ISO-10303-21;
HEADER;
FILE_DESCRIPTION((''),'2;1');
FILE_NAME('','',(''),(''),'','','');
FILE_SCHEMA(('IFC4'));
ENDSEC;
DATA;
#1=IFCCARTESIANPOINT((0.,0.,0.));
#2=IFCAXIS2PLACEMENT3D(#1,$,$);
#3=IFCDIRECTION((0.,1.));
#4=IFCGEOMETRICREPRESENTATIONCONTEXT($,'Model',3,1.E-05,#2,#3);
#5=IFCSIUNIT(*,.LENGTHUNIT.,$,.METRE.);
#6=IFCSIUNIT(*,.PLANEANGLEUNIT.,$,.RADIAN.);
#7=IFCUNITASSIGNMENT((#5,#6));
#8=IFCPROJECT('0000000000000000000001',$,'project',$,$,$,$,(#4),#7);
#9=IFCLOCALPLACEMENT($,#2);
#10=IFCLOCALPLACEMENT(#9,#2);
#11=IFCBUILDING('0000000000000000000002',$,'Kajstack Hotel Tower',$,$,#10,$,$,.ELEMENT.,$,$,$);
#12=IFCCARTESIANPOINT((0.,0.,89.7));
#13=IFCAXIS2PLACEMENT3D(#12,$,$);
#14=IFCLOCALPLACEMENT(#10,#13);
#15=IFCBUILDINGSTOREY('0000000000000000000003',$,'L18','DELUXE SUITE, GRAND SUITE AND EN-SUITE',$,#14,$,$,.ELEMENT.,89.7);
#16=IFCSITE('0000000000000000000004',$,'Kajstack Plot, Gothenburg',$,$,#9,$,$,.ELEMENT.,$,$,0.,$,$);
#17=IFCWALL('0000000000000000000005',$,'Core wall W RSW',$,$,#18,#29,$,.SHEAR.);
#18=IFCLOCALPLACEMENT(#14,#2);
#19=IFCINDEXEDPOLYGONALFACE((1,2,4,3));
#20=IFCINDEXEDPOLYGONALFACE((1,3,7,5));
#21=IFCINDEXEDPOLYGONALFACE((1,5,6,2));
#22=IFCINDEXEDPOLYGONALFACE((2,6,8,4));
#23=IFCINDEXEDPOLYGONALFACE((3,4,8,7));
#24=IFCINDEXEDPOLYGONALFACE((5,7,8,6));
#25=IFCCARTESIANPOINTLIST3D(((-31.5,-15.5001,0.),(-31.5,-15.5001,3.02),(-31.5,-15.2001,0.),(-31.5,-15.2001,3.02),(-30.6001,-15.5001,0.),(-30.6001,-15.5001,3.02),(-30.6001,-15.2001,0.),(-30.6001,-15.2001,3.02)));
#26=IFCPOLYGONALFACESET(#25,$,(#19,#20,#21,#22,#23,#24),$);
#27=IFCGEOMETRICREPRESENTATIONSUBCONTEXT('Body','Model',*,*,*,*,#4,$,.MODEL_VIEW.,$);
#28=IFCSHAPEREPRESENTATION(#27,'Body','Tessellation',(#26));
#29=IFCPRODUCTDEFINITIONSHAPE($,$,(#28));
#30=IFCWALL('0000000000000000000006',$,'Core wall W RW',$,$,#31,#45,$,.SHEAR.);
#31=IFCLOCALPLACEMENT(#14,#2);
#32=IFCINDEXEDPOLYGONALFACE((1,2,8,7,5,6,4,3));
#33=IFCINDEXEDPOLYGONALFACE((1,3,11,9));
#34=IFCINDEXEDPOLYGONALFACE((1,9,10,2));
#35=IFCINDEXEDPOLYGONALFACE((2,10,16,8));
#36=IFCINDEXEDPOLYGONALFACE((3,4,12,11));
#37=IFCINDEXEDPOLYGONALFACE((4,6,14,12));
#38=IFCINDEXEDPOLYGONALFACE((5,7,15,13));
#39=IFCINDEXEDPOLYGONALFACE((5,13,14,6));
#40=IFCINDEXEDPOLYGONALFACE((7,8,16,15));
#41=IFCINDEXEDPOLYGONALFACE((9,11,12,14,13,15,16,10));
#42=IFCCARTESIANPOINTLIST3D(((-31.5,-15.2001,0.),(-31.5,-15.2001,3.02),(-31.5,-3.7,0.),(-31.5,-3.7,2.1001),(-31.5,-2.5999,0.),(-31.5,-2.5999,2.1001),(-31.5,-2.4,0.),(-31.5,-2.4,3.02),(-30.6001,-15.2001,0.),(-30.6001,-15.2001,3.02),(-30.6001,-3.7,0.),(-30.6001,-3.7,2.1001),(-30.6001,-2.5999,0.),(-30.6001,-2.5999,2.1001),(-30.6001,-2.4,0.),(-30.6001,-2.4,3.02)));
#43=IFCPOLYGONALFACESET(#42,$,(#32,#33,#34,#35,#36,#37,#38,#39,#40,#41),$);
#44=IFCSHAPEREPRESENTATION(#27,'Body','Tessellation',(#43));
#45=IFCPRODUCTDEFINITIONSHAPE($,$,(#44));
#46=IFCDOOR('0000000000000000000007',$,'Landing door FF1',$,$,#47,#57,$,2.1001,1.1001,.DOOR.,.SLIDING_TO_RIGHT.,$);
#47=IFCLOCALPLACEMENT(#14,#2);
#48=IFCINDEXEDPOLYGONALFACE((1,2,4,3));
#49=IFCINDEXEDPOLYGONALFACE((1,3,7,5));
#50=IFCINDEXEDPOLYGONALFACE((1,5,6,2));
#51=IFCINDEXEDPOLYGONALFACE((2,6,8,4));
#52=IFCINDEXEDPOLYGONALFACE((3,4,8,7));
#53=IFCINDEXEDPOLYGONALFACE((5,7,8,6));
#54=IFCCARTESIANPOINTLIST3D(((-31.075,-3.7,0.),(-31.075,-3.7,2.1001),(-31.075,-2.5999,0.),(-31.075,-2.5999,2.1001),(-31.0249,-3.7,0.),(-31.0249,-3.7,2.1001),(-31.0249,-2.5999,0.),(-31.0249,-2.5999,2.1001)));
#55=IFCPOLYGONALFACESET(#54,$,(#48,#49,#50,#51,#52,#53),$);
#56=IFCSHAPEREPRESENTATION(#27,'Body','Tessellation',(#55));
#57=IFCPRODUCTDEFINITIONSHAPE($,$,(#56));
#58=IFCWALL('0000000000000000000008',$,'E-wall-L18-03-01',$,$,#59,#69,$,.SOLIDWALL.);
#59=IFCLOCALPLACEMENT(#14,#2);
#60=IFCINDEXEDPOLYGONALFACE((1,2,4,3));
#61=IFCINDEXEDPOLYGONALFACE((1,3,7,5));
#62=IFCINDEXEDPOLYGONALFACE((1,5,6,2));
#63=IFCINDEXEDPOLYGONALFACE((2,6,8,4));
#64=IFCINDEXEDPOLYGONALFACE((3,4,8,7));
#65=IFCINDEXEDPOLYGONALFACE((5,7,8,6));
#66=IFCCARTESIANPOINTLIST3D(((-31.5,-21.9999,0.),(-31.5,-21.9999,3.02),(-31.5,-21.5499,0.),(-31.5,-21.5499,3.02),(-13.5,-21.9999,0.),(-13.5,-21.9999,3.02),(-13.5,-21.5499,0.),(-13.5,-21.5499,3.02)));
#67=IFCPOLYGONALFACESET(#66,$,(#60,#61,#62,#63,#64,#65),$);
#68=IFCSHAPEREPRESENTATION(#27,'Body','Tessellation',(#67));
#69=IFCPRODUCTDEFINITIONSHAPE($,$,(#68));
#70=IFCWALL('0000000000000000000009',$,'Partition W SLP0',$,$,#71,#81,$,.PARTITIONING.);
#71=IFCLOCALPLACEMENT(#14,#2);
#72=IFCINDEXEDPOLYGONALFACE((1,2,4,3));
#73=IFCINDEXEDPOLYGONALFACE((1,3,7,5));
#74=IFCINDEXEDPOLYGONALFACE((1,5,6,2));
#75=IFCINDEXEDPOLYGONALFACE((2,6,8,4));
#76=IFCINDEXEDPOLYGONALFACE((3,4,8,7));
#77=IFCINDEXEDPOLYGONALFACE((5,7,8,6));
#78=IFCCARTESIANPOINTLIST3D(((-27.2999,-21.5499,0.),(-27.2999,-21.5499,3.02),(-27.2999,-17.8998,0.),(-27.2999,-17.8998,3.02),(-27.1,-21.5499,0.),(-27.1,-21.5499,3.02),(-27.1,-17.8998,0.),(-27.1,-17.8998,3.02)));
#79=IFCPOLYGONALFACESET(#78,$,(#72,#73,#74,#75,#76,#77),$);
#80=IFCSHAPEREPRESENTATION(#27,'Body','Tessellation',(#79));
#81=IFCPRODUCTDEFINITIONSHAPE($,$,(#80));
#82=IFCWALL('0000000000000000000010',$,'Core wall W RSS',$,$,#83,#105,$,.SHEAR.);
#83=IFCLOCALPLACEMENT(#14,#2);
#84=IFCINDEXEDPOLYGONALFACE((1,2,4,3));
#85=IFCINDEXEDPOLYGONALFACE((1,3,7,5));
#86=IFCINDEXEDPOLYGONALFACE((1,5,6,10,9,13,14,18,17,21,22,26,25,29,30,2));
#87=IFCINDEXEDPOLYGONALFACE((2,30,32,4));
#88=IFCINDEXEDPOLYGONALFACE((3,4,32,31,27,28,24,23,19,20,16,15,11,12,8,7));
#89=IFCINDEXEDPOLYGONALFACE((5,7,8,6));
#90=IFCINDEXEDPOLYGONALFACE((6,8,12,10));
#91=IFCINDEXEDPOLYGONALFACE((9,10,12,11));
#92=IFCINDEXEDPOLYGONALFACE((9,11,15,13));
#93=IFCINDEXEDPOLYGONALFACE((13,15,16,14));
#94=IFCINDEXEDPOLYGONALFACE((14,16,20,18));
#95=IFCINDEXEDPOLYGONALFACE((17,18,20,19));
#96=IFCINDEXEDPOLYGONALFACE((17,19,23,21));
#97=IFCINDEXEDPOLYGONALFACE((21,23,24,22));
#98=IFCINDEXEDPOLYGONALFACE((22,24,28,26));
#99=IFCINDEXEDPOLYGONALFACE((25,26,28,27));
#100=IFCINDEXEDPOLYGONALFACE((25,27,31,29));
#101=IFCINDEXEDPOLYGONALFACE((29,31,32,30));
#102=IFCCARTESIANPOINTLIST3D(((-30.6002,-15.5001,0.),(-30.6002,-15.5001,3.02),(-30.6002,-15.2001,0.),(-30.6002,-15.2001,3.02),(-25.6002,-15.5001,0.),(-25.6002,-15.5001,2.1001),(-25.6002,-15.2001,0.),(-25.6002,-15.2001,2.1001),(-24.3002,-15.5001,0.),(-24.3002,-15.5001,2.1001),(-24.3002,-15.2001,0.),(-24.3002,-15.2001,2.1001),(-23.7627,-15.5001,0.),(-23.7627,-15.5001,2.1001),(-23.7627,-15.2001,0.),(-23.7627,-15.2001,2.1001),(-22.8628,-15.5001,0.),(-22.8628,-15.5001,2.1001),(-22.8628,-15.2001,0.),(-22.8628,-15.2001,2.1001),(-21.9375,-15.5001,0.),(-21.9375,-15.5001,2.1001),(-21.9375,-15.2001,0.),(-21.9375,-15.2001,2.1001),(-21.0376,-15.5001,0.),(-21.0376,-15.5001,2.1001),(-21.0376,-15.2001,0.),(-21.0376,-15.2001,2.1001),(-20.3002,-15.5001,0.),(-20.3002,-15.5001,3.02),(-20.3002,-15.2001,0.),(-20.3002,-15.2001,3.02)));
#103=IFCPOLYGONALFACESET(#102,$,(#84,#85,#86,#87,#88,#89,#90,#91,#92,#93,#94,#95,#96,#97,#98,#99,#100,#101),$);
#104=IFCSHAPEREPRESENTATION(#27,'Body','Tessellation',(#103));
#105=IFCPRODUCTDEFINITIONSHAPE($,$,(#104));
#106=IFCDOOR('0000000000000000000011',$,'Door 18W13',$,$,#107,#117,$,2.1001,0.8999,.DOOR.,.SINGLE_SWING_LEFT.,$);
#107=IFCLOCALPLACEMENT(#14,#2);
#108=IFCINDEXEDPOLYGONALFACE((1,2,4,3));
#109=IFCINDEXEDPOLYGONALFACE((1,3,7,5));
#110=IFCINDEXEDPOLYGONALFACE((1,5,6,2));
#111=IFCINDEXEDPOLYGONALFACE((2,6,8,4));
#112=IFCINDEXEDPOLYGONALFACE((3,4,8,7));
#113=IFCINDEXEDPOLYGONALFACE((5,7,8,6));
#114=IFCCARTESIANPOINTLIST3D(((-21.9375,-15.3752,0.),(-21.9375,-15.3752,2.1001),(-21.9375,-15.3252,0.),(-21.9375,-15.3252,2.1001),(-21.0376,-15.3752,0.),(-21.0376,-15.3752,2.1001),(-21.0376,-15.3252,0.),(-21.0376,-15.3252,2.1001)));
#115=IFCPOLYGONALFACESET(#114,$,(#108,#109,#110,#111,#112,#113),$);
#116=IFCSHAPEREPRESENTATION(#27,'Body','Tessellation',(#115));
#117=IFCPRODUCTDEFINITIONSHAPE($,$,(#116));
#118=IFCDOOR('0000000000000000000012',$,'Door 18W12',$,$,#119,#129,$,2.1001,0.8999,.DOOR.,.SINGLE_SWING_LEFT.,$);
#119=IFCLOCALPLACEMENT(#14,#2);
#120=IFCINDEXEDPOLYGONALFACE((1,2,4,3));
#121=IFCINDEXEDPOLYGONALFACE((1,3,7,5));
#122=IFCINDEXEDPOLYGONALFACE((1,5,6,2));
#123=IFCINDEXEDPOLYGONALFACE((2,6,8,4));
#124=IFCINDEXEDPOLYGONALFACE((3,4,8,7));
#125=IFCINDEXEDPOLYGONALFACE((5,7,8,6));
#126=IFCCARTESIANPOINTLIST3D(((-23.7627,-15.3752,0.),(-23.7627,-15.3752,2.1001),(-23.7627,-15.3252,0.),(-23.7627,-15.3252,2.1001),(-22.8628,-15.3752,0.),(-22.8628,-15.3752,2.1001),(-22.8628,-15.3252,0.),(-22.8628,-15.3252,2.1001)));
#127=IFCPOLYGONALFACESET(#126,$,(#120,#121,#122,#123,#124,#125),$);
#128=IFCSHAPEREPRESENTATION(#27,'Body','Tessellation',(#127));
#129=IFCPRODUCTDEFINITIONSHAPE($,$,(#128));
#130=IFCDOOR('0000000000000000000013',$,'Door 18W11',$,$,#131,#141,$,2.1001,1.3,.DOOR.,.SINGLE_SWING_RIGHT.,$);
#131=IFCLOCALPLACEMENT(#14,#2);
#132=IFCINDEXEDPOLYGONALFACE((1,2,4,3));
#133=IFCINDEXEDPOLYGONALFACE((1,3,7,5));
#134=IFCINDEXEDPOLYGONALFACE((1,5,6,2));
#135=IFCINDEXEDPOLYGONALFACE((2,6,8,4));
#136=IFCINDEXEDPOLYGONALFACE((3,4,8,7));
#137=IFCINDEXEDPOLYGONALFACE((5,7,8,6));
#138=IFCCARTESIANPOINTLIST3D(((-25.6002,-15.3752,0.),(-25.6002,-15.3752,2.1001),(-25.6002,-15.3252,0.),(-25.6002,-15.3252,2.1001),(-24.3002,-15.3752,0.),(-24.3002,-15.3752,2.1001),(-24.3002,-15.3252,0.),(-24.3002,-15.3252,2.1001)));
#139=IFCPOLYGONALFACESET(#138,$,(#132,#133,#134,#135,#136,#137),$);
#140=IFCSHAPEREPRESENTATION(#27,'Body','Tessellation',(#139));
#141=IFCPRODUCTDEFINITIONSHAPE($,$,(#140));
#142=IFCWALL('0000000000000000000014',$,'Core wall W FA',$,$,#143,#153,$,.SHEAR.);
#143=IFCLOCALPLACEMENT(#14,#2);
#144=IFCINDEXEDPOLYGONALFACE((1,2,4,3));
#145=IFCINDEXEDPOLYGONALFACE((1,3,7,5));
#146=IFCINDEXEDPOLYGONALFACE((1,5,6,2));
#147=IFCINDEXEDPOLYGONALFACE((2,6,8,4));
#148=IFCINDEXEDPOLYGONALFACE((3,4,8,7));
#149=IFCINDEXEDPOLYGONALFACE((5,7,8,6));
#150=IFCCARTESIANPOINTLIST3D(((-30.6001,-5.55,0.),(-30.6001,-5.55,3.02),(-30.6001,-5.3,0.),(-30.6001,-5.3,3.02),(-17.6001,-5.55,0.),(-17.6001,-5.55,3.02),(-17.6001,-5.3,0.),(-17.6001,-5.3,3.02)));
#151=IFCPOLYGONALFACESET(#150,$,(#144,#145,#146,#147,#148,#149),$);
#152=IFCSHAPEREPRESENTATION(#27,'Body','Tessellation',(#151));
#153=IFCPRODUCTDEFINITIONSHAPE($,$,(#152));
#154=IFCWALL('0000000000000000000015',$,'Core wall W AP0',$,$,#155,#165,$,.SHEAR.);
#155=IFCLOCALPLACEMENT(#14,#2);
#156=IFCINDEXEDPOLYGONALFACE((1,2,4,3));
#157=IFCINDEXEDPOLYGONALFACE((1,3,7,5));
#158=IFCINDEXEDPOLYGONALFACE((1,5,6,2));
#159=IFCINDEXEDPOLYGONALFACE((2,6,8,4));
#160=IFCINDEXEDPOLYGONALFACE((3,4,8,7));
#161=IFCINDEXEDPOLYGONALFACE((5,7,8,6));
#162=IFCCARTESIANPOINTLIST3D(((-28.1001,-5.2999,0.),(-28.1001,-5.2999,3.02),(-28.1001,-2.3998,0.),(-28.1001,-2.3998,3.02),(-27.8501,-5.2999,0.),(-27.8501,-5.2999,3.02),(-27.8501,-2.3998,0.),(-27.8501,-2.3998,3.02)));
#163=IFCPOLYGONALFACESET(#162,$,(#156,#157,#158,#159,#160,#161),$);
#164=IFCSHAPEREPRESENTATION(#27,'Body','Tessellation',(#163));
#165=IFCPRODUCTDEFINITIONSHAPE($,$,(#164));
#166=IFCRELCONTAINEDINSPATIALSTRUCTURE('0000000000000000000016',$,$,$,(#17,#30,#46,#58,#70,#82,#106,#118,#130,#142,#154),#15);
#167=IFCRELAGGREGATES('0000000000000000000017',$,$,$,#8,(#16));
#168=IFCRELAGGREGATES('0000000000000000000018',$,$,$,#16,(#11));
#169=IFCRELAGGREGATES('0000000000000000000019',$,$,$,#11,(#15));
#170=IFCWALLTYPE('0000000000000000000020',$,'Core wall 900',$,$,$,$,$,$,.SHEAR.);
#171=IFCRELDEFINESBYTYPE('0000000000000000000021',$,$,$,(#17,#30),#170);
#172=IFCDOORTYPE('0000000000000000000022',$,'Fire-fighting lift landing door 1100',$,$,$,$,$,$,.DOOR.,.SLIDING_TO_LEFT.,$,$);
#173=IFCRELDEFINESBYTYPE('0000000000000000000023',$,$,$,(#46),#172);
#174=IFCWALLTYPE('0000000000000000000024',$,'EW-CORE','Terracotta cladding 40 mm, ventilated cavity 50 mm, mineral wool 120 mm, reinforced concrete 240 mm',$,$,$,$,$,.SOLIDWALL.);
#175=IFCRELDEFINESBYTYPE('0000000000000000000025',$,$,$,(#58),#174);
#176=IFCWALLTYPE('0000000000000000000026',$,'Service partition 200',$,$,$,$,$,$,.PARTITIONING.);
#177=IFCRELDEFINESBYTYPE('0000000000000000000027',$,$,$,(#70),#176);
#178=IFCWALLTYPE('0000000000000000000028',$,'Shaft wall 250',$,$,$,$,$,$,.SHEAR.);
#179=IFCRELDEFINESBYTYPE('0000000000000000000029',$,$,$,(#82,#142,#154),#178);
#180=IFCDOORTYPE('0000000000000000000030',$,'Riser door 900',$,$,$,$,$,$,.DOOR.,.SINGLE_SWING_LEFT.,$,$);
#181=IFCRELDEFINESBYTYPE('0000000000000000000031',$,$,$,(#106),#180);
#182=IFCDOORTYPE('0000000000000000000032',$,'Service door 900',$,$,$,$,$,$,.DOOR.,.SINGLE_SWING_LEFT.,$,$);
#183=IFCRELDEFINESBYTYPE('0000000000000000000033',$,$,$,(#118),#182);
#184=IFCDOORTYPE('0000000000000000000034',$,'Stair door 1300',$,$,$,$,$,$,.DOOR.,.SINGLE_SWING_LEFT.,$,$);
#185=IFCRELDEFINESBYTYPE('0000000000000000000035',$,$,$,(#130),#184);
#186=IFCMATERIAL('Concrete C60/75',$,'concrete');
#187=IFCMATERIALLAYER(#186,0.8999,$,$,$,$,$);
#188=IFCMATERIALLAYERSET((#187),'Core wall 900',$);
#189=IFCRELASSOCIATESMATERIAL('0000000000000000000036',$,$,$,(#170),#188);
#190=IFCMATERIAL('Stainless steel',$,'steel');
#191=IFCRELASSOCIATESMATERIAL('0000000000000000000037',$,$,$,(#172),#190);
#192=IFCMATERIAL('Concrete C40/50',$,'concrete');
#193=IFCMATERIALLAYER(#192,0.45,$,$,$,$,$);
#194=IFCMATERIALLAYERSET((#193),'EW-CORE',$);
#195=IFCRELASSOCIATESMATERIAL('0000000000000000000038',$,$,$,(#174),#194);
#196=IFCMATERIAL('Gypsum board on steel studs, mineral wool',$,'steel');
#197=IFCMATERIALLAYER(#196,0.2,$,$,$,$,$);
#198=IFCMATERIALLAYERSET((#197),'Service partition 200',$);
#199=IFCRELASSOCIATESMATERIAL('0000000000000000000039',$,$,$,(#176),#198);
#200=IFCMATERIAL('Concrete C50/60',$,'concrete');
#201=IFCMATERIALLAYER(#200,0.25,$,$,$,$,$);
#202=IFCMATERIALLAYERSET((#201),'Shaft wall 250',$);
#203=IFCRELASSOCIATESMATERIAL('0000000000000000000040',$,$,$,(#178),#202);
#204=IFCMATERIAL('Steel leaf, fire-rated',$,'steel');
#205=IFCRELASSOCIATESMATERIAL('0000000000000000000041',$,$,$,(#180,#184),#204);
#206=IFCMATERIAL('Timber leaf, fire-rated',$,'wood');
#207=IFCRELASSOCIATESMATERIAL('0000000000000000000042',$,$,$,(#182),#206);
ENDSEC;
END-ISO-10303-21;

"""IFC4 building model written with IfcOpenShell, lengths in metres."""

from ifc_helpers import new_model, si_unit, direction, frame, frame_2d, origin, place, context, subcontext, project, spatial, rectangle, extrude, material, layer, layer_set, type_object, element, fill, save


model = new_model("IFC4")

# Units and contexts
model_context = context("Model", 3, precision=1e-05, world=origin(), true_north=direction((0.0, 1.0)))
body_context = subcontext(model_context, "Body", "Model", "MODEL_VIEW")
ifc_project = project(units=[si_unit("LENGTHUNIT", "METRE"), si_unit("PLANEANGLEUNIT", "RADIAN")], contexts=[model_context])

# Site, building, storey
site_placement = place(None, origin())
site = spatial("IfcSite", under=ifc_project, at=site_placement, Name="Kajstack Plot, Gothenburg", CompositionType="ELEMENT", RefElevation=0.0)
building_placement = place(site_placement, origin())
building = spatial("IfcBuilding", under=site, at=building_placement, Name="Kajstack Hotel Tower", CompositionType="ELEMENT")
storey_placement = place(building_placement, frame((0.0, 0.0, 89.7)))
storey = spatial("IfcBuildingStorey", under=building, at=storey_placement, Name="L18", Description="DELUXE SUITE, GRAND SUITE AND EN-SUITE", CompositionType="ELEMENT", Elevation=89.7)

# Wall
ifc_material_1 = material(Name="Concrete C60/75", Category="concrete")
ifc_layer_1 = layer(ifc_material_1, 0.8999)
ifc_layer_set_1 = layer_set([ifc_layer_1], Name="Core wall 900")
wall_type_1 = type_object("IfcWallType", Name="Core wall 900", PredefinedType="SHEAR", material=ifc_layer_set_1)
wall_1_placement = place(storey_placement, frame((-31.5, -15.3501, 0.0), z_axis=(0.0, 0.0, 1.0), x_axis=(1.0, 0.0, 0.0)))
element("IfcWall", 1, at=wall_1_placement, inside=storey, type_object=wall_type_1, Name="Core wall W RSW", PredefinedType="SHEAR", context=body_context, shape_type="SweptSolid", body=[
    extrude(rectangle(XDim=0.8999, YDim=0.3, at=frame_2d((0.45, 0.0))), origin(), (0.0, 0.0, 1.0), 3.02),
])

# Wall, opening, door
wall_2_placement = place(storey_placement, frame((-31.05, -15.2, 0.0), z_axis=(0.0, 0.0, 1.0), x_axis=(0.0, 1.0, 0.0)))
wall_2 = element("IfcWall", 2, at=wall_2_placement, inside=storey, type_object=wall_type_1, Name="Core wall W RW", PredefinedType="SHEAR", context=body_context, shape_type="SweptSolid", body=[
    extrude(rectangle(XDim=12.8, YDim=0.8999, at=frame_2d((6.3999, 0.0))), origin(), (0.0, 0.0, 1.0), 3.02),
])
opening_1_placement = place(wall_2_placement, frame((11.5, 0.0, 0.0)))
opening_1 = element("IfcOpeningElement", 3, at=opening_1_placement, cuts=wall_2, PredefinedType="OPENING", context=body_context, shape_type="SweptSolid", body=[
    extrude(rectangle(XDim=1.1001, YDim=2.1001, at=frame_2d((0.55, 1.05))), frame((0.0, 0.46, 0.0), z_axis=(0.0, -1.0, 0.0), x_axis=(1.0, 0.0, 0.0)), (0.0, 0.0, 1.0), 0.9199),
])
ifc_material_2 = material(Name="Stainless steel", Category="steel")
door_type_1 = type_object("IfcDoorType", Name="Fire-fighting lift landing door 1100", OperationType="SLIDING_TO_LEFT", PredefinedType="DOOR", material=ifc_material_2)
door_1_placement = place(opening_1_placement, origin())
door_1 = element("IfcDoor", 4, at=door_1_placement, inside=storey, type_object=door_type_1, Name="Landing door FF1", OperationType="SLIDING_TO_RIGHT", OverallHeight=2.1001, OverallWidth=1.1001, PredefinedType="DOOR", context=body_context, shape_type="SweptSolid", body=[
    extrude(rectangle(XDim=1.1001, YDim=2.1001, at=frame_2d((0.55, 1.05))), frame((0.0, 0.0249, 0.0), z_axis=(0.0, -1.0, 0.0), x_axis=(1.0, 0.0, 0.0)), (0.0, 0.0, 1.0), 0.05),
])
fill(opening_1, door_1)

# Walls
ifc_material_3 = material(Name="Concrete C40/50", Category="concrete")
ifc_layer_2 = layer(ifc_material_3, 0.45)
ifc_layer_set_2 = layer_set([ifc_layer_2], Name="EW-CORE")
wall_type_2 = type_object("IfcWallType", Name="EW-CORE", Description="Terracotta cladding 40 mm, ventilated cavity 50 mm, mineral wool 120 mm, reinforced concrete 240 mm", PredefinedType="SOLIDWALL", material=ifc_layer_set_2)
wall_3_placement = place(storey_placement, frame((-31.5, -21.7749, 0.0), z_axis=(0.0, 0.0, 1.0), x_axis=(1.0, 0.0, 0.0)))
element("IfcWall", 5, at=wall_3_placement, inside=storey, type_object=wall_type_2, Name="E-wall-L18-03-01", PredefinedType="SOLIDWALL", context=body_context, shape_type="SweptSolid", body=[
    extrude(rectangle(XDim=18.0, YDim=0.45, at=frame_2d((9.0, 0.0))), origin(), (0.0, 0.0, 1.0), 3.02),
])
ifc_material_4 = material(Name="Gypsum board on steel studs, mineral wool", Category="steel")
ifc_layer_3 = layer(ifc_material_4, 0.2)
ifc_layer_set_3 = layer_set([ifc_layer_3], Name="Service partition 200")
wall_type_3 = type_object("IfcWallType", Name="Service partition 200", PredefinedType="PARTITIONING", material=ifc_layer_set_3)
wall_4_placement = place(storey_placement, frame((-27.2, -21.55, 0.0), z_axis=(0.0, 0.0, 1.0), x_axis=(0.0, 1.0, 0.0)))
element("IfcWall", 6, at=wall_4_placement, inside=storey, type_object=wall_type_3, Name="Partition W SLP0", PredefinedType="PARTITIONING", context=body_context, shape_type="SweptSolid", body=[
    extrude(rectangle(XDim=3.6501, YDim=0.2, at=frame_2d((1.8252, 0.0))), origin(), (0.0, 0.0, 1.0), 3.02),
])

# Wall, openings, doors
ifc_material_5 = material(Name="Concrete C50/60", Category="concrete")
ifc_layer_4 = layer(ifc_material_5, 0.25)
ifc_layer_set_4 = layer_set([ifc_layer_4], Name="Shaft wall 250")
wall_type_4 = type_object("IfcWallType", Name="Shaft wall 250", PredefinedType="SHEAR", material=ifc_layer_set_4)
wall_5_placement = place(storey_placement, frame((-30.6001, -15.3501, 0.0), z_axis=(0.0, 0.0, 1.0), x_axis=(1.0, 0.0, 0.0)))
wall_5 = element("IfcWall", 7, at=wall_5_placement, inside=storey, type_object=wall_type_4, Name="Core wall W RSS", PredefinedType="SHEAR", context=body_context, shape_type="SweptSolid", body=[
    extrude(rectangle(XDim=10.3, YDim=0.3, at=frame_2d((5.1499, 0.0))), origin(), (0.0, 0.0, 1.0), 3.02),
])
opening_2_placement = place(wall_5_placement, frame((5.0, 0.0, 0.0)))
opening_2 = element("IfcOpeningElement", 8, at=opening_2_placement, cuts=wall_5, PredefinedType="OPENING", context=body_context, shape_type="SweptSolid", body=[
    extrude(rectangle(XDim=1.3, YDim=2.1001, at=frame_2d((0.6499, 1.05))), frame((0.0, 0.1599, 0.0), z_axis=(0.0, -1.0, 0.0), x_axis=(1.0, 0.0, 0.0)), (0.0, 0.0, 1.0), 0.3201),
])
opening_3_placement = place(wall_5_placement, frame((6.8374, 0.0, 0.0)))
opening_3 = element("IfcOpeningElement", 9, at=opening_3_placement, cuts=wall_5, PredefinedType="OPENING", context=body_context, shape_type="SweptSolid", body=[
    extrude(rectangle(XDim=0.8999, YDim=2.1001, at=frame_2d((0.45, 1.05))), frame((0.0, 0.1599, 0.0), z_axis=(0.0, -1.0, 0.0), x_axis=(1.0, 0.0, 0.0)), (0.0, 0.0, 1.0), 0.3201),
])
opening_4_placement = place(wall_5_placement, frame((8.6626, 0.0, 0.0)))
opening_4 = element("IfcOpeningElement", 10, at=opening_4_placement, cuts=wall_5, PredefinedType="OPENING", context=body_context, shape_type="SweptSolid", body=[
    extrude(rectangle(XDim=0.8999, YDim=2.1001, at=frame_2d((0.45, 1.05))), frame((0.0, 0.1599, 0.0), z_axis=(0.0, -1.0, 0.0), x_axis=(1.0, 0.0, 0.0)), (0.0, 0.0, 1.0), 0.3201),
])
ifc_material_6 = material(Name="Steel leaf, fire-rated", Category="steel")
door_type_2 = type_object("IfcDoorType", Name="Riser door 900", OperationType="SINGLE_SWING_LEFT", PredefinedType="DOOR", material=ifc_material_6)
door_2_placement = place(opening_4_placement, origin())
door_2 = element("IfcDoor", 11, at=door_2_placement, inside=storey, type_object=door_type_2, Name="Door 18W13", OperationType="SINGLE_SWING_LEFT", OverallHeight=2.1001, OverallWidth=0.8999, PredefinedType="DOOR", context=body_context, shape_type="SweptSolid", body=[
    extrude(rectangle(XDim=0.8999, YDim=2.1001, at=frame_2d((0.45, 1.05))), frame((0.0, 0.0249, 0.0), z_axis=(0.0, -1.0, 0.0), x_axis=(1.0, 0.0, 0.0)), (0.0, 0.0, 1.0), 0.05),
])
fill(opening_4, door_2)
ifc_material_7 = material(Name="Timber leaf, fire-rated", Category="wood")
door_type_3 = type_object("IfcDoorType", Name="Service door 900", OperationType="SINGLE_SWING_LEFT", PredefinedType="DOOR", material=ifc_material_7)
door_3_placement = place(opening_3_placement, origin())
door_3 = element("IfcDoor", 12, at=door_3_placement, inside=storey, type_object=door_type_3, Name="Door 18W12", OperationType="SINGLE_SWING_LEFT", OverallHeight=2.1001, OverallWidth=0.8999, PredefinedType="DOOR", context=body_context, shape_type="SweptSolid", body=[
    extrude(rectangle(XDim=0.8999, YDim=2.1001, at=frame_2d((0.45, 1.05))), frame((0.0, 0.0249, 0.0), z_axis=(0.0, -1.0, 0.0), x_axis=(1.0, 0.0, 0.0)), (0.0, 0.0, 1.0), 0.05),
])
fill(opening_3, door_3)
door_type_4 = type_object("IfcDoorType", Name="Stair door 1300", OperationType="SINGLE_SWING_LEFT", PredefinedType="DOOR", material=ifc_material_6)
door_4_placement = place(opening_2_placement, origin())
door_4 = element("IfcDoor", 13, at=door_4_placement, inside=storey, type_object=door_type_4, Name="Door 18W11", OperationType="SINGLE_SWING_RIGHT", OverallHeight=2.1001, OverallWidth=1.3, PredefinedType="DOOR", context=body_context, shape_type="SweptSolid", body=[
    extrude(rectangle(XDim=1.3, YDim=2.1001, at=frame_2d((0.6499, 1.05))), frame((0.0, 0.0249, 0.0), z_axis=(0.0, -1.0, 0.0), x_axis=(1.0, 0.0, 0.0)), (0.0, 0.0, 1.0), 0.05),
])
fill(opening_2, door_4)

# Walls
wall_6_placement = place(storey_placement, frame((-30.6001, -5.425, 0.0), z_axis=(0.0, 0.0, 1.0), x_axis=(1.0, 0.0, 0.0)))
element("IfcWall", 14, at=wall_6_placement, inside=storey, type_object=wall_type_4, Name="Core wall W FA", PredefinedType="SHEAR", context=body_context, shape_type="SweptSolid", body=[
    extrude(rectangle(XDim=13.0, YDim=0.25, at=frame_2d((6.5, 0.0))), origin(), (0.0, 0.0, 1.0), 3.02),
])
wall_7_placement = place(storey_placement, frame((-27.9751, -5.3, 0.0), z_axis=(0.0, 0.0, 1.0), x_axis=(0.0, 1.0, 0.0)))
element("IfcWall", 15, at=wall_7_placement, inside=storey, type_object=wall_type_4, Name="Core wall W AP0", PredefinedType="SHEAR", context=body_context, shape_type="SweptSolid", body=[
    extrude(rectangle(XDim=2.9001, YDim=0.25, at=frame_2d((1.4502, 0.0))), origin(), (0.0, 0.0, 1.0), 3.02),
])

save(model, "model.ifc")
